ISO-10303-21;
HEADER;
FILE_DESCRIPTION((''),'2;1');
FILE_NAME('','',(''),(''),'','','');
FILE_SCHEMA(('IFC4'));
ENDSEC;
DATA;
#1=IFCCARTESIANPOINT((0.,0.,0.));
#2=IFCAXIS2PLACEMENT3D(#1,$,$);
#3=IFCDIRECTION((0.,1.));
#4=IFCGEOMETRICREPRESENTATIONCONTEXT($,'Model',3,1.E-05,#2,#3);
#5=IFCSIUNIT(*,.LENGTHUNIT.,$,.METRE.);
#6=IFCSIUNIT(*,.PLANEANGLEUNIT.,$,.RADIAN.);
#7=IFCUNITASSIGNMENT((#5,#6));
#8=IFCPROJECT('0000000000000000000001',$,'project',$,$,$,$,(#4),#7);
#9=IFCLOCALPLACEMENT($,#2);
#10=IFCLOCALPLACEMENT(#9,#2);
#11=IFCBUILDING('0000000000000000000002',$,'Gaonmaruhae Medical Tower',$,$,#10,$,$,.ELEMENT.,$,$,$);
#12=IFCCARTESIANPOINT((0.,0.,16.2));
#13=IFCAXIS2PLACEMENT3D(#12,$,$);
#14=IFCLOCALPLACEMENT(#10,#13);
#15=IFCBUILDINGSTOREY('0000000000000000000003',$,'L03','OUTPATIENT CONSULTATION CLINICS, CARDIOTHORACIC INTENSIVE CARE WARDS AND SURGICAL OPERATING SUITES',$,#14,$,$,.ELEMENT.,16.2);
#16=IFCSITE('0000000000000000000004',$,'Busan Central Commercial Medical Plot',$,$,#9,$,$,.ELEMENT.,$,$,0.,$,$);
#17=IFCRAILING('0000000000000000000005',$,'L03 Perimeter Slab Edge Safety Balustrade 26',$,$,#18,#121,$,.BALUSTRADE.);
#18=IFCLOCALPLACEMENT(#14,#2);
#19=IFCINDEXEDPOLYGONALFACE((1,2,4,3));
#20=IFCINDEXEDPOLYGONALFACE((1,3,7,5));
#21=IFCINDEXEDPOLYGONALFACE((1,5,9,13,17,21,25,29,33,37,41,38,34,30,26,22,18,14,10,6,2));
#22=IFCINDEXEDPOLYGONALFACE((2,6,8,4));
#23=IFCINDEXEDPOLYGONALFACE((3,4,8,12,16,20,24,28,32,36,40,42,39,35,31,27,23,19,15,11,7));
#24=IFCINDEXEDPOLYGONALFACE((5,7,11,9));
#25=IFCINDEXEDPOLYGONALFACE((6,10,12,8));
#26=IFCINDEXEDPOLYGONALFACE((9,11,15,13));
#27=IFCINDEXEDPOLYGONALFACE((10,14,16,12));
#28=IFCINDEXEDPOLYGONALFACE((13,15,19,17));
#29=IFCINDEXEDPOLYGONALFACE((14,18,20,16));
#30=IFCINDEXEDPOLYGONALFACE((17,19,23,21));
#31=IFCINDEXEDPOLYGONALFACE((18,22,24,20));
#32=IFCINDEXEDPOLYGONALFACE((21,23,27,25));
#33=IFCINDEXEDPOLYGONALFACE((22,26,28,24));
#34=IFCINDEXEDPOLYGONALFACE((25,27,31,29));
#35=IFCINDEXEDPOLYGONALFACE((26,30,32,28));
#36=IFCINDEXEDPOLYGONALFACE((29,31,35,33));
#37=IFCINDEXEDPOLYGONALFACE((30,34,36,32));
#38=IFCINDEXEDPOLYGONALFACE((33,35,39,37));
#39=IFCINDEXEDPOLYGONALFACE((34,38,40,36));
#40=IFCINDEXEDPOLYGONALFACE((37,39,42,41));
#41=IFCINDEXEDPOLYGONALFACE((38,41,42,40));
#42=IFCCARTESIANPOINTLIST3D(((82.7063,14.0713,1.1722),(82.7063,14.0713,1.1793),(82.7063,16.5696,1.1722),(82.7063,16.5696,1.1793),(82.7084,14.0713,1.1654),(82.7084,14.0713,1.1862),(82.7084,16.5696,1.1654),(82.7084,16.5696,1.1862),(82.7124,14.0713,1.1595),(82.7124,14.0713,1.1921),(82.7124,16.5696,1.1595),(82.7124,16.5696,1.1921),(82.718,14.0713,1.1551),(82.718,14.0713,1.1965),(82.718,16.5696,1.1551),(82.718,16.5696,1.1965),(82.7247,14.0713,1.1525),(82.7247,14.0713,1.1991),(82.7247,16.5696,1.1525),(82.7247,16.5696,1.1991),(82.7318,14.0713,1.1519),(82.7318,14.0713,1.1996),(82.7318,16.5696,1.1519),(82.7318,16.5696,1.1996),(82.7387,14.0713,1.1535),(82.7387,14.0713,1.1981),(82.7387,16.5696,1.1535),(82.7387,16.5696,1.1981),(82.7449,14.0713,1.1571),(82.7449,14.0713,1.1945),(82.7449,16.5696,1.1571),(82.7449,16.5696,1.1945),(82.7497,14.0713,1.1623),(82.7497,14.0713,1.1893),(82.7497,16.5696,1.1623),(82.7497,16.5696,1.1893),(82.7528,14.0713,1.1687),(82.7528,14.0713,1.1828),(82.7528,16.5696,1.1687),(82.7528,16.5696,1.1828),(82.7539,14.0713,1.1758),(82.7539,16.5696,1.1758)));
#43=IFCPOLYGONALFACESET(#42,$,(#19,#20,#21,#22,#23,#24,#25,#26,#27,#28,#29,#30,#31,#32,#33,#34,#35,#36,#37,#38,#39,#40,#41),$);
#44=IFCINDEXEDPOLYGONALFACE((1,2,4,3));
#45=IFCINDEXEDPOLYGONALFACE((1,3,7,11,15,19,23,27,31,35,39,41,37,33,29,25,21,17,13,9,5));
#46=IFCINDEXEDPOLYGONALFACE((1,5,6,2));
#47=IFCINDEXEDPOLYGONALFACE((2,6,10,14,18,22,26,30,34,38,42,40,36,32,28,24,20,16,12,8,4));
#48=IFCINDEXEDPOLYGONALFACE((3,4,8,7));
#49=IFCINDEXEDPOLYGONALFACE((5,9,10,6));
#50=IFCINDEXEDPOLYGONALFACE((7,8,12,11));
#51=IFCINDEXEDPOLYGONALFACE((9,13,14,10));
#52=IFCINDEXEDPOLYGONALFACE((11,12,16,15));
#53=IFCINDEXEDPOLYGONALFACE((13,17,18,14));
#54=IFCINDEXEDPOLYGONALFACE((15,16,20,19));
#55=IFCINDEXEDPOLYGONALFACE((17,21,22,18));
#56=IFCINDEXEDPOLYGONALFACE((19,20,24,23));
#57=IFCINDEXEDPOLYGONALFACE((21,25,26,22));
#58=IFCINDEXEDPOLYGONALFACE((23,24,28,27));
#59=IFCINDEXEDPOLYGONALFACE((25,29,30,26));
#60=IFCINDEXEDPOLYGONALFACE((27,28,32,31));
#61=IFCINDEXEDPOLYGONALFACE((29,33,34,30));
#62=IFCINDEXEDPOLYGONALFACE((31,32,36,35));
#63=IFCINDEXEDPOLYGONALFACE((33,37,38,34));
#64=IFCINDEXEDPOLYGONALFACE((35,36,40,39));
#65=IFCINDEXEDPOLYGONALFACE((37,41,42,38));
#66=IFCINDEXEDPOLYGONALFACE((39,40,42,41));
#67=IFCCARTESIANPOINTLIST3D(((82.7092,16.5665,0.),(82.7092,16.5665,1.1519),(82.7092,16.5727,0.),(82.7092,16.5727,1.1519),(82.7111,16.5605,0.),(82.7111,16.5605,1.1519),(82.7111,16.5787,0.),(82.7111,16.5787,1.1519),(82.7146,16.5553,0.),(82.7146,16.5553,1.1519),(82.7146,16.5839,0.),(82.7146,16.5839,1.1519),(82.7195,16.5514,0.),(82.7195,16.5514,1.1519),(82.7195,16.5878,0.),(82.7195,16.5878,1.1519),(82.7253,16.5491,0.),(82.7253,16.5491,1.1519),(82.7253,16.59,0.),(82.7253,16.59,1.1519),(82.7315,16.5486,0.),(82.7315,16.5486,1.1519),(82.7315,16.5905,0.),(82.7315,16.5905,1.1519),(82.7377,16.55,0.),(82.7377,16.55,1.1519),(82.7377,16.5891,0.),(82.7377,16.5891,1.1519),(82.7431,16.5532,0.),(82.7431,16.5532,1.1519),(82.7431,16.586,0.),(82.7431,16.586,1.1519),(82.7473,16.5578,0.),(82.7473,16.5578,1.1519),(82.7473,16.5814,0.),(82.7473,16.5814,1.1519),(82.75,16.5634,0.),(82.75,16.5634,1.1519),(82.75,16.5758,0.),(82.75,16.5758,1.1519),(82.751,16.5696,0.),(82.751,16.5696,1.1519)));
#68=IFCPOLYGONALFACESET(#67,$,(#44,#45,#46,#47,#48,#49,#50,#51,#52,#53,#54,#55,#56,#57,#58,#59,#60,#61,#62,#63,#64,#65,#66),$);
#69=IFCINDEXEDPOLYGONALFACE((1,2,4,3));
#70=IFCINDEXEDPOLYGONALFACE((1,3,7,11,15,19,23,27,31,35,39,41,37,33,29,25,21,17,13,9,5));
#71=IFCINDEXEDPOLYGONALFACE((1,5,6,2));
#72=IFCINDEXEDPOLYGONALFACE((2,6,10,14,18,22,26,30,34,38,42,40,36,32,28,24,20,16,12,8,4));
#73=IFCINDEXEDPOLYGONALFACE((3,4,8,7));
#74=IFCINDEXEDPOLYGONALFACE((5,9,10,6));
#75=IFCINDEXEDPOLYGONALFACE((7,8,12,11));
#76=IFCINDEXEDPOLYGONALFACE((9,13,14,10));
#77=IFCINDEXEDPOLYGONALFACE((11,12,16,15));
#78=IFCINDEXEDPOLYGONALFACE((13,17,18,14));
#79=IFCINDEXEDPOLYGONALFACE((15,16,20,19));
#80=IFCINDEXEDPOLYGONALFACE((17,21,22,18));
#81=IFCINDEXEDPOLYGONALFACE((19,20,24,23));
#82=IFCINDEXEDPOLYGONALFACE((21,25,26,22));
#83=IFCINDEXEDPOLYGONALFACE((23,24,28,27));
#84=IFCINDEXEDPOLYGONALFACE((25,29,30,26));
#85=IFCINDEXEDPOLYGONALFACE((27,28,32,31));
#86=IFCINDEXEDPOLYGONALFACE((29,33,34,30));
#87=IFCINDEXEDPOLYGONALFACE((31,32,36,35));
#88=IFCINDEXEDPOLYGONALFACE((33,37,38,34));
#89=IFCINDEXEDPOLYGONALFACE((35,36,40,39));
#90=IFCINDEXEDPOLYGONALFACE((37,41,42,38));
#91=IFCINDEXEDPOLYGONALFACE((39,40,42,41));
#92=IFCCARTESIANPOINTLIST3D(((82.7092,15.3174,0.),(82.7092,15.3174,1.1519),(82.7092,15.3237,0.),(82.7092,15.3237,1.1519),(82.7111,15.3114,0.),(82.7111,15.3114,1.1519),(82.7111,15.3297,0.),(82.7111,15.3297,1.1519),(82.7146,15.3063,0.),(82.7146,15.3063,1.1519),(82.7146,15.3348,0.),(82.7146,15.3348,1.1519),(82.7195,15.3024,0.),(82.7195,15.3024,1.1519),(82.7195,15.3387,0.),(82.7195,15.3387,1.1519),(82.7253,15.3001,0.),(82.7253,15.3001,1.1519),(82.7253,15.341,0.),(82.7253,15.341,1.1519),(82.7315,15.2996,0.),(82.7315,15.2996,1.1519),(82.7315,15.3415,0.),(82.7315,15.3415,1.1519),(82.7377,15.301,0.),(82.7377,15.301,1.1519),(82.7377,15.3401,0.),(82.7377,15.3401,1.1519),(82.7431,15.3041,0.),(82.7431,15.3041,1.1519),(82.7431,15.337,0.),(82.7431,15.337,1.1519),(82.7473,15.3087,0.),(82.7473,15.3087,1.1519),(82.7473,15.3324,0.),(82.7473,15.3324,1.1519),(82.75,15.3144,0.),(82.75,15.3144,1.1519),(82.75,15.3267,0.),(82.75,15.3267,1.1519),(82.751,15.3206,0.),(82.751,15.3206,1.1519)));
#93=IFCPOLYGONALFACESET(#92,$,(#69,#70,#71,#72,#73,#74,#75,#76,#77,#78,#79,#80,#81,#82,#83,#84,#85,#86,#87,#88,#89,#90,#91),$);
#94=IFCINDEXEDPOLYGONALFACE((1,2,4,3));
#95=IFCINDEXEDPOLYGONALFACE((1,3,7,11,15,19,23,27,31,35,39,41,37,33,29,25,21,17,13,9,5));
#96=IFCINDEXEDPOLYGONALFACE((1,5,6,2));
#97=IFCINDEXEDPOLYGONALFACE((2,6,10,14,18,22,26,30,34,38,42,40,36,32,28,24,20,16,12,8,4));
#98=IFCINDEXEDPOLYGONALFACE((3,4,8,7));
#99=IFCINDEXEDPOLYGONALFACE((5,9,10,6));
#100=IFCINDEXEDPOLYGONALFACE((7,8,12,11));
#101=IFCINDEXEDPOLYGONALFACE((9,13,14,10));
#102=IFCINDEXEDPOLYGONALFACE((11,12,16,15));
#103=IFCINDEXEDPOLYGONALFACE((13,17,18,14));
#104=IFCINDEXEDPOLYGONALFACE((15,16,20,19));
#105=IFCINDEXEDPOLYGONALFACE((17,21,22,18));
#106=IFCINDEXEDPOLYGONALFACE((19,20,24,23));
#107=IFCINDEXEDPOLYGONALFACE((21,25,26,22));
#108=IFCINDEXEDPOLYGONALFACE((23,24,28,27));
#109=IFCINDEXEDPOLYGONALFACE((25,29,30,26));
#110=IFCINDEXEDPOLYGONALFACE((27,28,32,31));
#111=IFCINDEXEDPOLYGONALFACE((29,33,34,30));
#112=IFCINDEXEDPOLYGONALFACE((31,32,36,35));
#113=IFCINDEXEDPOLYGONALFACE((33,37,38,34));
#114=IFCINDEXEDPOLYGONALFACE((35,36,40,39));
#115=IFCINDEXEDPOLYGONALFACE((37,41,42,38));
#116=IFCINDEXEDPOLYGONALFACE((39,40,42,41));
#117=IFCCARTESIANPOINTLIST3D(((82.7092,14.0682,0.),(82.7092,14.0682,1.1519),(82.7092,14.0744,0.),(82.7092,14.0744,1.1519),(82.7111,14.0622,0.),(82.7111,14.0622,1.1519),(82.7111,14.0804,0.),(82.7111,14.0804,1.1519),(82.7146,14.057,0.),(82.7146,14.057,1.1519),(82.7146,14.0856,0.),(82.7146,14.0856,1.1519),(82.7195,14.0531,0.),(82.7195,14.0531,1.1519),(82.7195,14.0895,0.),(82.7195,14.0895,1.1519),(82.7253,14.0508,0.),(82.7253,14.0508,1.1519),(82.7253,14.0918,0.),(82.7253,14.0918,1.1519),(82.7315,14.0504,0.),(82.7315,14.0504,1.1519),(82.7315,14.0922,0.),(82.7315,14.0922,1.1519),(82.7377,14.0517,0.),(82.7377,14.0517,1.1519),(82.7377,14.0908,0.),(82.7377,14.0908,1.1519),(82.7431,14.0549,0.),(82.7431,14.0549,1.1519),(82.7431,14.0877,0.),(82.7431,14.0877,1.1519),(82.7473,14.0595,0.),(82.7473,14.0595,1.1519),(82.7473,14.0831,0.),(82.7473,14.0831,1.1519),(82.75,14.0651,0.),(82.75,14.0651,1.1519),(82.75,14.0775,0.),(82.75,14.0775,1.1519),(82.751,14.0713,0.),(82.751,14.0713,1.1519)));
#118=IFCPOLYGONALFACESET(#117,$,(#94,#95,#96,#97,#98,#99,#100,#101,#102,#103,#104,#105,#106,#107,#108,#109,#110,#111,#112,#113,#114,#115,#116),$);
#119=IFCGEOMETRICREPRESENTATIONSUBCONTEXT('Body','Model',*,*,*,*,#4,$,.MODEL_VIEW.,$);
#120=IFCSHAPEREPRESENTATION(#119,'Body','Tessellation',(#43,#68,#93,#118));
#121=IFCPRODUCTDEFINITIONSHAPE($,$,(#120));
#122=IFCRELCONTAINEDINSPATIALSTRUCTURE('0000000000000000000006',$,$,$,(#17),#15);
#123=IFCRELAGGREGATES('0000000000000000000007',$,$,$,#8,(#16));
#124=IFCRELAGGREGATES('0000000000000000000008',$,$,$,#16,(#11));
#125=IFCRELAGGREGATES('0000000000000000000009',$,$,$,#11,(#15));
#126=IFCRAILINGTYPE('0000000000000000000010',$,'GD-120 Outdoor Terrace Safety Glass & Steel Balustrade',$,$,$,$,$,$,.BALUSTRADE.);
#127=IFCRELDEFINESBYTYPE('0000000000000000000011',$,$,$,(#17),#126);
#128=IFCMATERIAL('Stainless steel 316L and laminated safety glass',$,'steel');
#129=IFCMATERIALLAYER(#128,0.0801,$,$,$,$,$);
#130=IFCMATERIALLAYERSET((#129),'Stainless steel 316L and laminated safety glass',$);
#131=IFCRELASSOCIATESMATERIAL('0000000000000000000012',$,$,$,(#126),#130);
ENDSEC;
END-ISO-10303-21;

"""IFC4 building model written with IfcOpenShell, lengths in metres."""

from ifc_helpers import new_model, si_unit, direction, frame, origin, origin_2d, place, context, subcontext, project, spatial, circle, extrude, material, layer, layer_set, type_object, element, save


model = new_model("IFC4")

# Units and contexts
model_context = context("Model", 3, precision=1e-05, world=origin(), true_north=direction((0.0, 1.0)))
body_context = subcontext(model_context, "Body", "Model", "MODEL_VIEW")
ifc_project = project(units=[si_unit("LENGTHUNIT", "METRE"), si_unit("PLANEANGLEUNIT", "RADIAN")], contexts=[model_context])

# Site, building, storey
site_placement = place(None, origin())
site = spatial("IfcSite", under=ifc_project, at=site_placement, Name="Busan Central Commercial Medical Plot", CompositionType="ELEMENT", RefElevation=0.0)
building_placement = place(site_placement, origin())
building = spatial("IfcBuilding", under=site, at=building_placement, Name="Gaonmaruhae Medical Tower", CompositionType="ELEMENT")
storey_placement = place(building_placement, frame((0.0, 0.0, 16.2)))
storey = spatial("IfcBuildingStorey", under=building, at=storey_placement, Name="L03", Description="OUTPATIENT CONSULTATION CLINICS, CARDIOTHORACIC INTENSIVE CARE WARDS AND SURGICAL OPERATING SUITES", CompositionType="ELEMENT", Elevation=16.2)

# Railing
ifc_material_1 = material(Name="Stainless steel 316L and laminated safety glass", Category="steel")
ifc_layer_1 = layer(ifc_material_1, 0.0801)
ifc_layer_set_1 = layer_set([ifc_layer_1], Name="Stainless steel 316L and laminated safety glass")
railing_type = type_object("IfcRailingType", Name="GD-120 Outdoor Terrace Safety Glass & Steel Balustrade", PredefinedType="BALUSTRADE", material=ifc_layer_set_1)
railing_1_placement = place(storey_placement, frame((82.73, 16.5696, 0.0)))
element("IfcRailing", 1, at=railing_1_placement, inside=storey, type_object=railing_type, Name="L03 Perimeter Slab Edge Safety Balustrade 26", PredefinedType="BALUSTRADE", context=body_context, shape_type="SweptSolid", body=[
    extrude(circle(Radius=0.0239, at=origin_2d()), frame((0.0, 0.0, 1.1758), z_axis=(0.0, -1.0, 0.0), x_axis=(1.0, 0.0, 0.0)), (0.0, 0.0, 1.0), 2.4983),
    extrude(circle(Radius=0.021, at=origin_2d()), origin(), (0.0, 0.0, 1.0), 1.1519),
    extrude(circle(Radius=0.021, at=origin_2d()), frame((0.0, -1.249, 0.0)), (0.0, 0.0, 1.0), 1.1519),
    extrude(circle(Radius=0.021, at=origin_2d()), frame((0.0, -2.4983, 0.0)), (0.0, 0.0, 1.0), 1.1519),
])

save(model, "model.ifc")
